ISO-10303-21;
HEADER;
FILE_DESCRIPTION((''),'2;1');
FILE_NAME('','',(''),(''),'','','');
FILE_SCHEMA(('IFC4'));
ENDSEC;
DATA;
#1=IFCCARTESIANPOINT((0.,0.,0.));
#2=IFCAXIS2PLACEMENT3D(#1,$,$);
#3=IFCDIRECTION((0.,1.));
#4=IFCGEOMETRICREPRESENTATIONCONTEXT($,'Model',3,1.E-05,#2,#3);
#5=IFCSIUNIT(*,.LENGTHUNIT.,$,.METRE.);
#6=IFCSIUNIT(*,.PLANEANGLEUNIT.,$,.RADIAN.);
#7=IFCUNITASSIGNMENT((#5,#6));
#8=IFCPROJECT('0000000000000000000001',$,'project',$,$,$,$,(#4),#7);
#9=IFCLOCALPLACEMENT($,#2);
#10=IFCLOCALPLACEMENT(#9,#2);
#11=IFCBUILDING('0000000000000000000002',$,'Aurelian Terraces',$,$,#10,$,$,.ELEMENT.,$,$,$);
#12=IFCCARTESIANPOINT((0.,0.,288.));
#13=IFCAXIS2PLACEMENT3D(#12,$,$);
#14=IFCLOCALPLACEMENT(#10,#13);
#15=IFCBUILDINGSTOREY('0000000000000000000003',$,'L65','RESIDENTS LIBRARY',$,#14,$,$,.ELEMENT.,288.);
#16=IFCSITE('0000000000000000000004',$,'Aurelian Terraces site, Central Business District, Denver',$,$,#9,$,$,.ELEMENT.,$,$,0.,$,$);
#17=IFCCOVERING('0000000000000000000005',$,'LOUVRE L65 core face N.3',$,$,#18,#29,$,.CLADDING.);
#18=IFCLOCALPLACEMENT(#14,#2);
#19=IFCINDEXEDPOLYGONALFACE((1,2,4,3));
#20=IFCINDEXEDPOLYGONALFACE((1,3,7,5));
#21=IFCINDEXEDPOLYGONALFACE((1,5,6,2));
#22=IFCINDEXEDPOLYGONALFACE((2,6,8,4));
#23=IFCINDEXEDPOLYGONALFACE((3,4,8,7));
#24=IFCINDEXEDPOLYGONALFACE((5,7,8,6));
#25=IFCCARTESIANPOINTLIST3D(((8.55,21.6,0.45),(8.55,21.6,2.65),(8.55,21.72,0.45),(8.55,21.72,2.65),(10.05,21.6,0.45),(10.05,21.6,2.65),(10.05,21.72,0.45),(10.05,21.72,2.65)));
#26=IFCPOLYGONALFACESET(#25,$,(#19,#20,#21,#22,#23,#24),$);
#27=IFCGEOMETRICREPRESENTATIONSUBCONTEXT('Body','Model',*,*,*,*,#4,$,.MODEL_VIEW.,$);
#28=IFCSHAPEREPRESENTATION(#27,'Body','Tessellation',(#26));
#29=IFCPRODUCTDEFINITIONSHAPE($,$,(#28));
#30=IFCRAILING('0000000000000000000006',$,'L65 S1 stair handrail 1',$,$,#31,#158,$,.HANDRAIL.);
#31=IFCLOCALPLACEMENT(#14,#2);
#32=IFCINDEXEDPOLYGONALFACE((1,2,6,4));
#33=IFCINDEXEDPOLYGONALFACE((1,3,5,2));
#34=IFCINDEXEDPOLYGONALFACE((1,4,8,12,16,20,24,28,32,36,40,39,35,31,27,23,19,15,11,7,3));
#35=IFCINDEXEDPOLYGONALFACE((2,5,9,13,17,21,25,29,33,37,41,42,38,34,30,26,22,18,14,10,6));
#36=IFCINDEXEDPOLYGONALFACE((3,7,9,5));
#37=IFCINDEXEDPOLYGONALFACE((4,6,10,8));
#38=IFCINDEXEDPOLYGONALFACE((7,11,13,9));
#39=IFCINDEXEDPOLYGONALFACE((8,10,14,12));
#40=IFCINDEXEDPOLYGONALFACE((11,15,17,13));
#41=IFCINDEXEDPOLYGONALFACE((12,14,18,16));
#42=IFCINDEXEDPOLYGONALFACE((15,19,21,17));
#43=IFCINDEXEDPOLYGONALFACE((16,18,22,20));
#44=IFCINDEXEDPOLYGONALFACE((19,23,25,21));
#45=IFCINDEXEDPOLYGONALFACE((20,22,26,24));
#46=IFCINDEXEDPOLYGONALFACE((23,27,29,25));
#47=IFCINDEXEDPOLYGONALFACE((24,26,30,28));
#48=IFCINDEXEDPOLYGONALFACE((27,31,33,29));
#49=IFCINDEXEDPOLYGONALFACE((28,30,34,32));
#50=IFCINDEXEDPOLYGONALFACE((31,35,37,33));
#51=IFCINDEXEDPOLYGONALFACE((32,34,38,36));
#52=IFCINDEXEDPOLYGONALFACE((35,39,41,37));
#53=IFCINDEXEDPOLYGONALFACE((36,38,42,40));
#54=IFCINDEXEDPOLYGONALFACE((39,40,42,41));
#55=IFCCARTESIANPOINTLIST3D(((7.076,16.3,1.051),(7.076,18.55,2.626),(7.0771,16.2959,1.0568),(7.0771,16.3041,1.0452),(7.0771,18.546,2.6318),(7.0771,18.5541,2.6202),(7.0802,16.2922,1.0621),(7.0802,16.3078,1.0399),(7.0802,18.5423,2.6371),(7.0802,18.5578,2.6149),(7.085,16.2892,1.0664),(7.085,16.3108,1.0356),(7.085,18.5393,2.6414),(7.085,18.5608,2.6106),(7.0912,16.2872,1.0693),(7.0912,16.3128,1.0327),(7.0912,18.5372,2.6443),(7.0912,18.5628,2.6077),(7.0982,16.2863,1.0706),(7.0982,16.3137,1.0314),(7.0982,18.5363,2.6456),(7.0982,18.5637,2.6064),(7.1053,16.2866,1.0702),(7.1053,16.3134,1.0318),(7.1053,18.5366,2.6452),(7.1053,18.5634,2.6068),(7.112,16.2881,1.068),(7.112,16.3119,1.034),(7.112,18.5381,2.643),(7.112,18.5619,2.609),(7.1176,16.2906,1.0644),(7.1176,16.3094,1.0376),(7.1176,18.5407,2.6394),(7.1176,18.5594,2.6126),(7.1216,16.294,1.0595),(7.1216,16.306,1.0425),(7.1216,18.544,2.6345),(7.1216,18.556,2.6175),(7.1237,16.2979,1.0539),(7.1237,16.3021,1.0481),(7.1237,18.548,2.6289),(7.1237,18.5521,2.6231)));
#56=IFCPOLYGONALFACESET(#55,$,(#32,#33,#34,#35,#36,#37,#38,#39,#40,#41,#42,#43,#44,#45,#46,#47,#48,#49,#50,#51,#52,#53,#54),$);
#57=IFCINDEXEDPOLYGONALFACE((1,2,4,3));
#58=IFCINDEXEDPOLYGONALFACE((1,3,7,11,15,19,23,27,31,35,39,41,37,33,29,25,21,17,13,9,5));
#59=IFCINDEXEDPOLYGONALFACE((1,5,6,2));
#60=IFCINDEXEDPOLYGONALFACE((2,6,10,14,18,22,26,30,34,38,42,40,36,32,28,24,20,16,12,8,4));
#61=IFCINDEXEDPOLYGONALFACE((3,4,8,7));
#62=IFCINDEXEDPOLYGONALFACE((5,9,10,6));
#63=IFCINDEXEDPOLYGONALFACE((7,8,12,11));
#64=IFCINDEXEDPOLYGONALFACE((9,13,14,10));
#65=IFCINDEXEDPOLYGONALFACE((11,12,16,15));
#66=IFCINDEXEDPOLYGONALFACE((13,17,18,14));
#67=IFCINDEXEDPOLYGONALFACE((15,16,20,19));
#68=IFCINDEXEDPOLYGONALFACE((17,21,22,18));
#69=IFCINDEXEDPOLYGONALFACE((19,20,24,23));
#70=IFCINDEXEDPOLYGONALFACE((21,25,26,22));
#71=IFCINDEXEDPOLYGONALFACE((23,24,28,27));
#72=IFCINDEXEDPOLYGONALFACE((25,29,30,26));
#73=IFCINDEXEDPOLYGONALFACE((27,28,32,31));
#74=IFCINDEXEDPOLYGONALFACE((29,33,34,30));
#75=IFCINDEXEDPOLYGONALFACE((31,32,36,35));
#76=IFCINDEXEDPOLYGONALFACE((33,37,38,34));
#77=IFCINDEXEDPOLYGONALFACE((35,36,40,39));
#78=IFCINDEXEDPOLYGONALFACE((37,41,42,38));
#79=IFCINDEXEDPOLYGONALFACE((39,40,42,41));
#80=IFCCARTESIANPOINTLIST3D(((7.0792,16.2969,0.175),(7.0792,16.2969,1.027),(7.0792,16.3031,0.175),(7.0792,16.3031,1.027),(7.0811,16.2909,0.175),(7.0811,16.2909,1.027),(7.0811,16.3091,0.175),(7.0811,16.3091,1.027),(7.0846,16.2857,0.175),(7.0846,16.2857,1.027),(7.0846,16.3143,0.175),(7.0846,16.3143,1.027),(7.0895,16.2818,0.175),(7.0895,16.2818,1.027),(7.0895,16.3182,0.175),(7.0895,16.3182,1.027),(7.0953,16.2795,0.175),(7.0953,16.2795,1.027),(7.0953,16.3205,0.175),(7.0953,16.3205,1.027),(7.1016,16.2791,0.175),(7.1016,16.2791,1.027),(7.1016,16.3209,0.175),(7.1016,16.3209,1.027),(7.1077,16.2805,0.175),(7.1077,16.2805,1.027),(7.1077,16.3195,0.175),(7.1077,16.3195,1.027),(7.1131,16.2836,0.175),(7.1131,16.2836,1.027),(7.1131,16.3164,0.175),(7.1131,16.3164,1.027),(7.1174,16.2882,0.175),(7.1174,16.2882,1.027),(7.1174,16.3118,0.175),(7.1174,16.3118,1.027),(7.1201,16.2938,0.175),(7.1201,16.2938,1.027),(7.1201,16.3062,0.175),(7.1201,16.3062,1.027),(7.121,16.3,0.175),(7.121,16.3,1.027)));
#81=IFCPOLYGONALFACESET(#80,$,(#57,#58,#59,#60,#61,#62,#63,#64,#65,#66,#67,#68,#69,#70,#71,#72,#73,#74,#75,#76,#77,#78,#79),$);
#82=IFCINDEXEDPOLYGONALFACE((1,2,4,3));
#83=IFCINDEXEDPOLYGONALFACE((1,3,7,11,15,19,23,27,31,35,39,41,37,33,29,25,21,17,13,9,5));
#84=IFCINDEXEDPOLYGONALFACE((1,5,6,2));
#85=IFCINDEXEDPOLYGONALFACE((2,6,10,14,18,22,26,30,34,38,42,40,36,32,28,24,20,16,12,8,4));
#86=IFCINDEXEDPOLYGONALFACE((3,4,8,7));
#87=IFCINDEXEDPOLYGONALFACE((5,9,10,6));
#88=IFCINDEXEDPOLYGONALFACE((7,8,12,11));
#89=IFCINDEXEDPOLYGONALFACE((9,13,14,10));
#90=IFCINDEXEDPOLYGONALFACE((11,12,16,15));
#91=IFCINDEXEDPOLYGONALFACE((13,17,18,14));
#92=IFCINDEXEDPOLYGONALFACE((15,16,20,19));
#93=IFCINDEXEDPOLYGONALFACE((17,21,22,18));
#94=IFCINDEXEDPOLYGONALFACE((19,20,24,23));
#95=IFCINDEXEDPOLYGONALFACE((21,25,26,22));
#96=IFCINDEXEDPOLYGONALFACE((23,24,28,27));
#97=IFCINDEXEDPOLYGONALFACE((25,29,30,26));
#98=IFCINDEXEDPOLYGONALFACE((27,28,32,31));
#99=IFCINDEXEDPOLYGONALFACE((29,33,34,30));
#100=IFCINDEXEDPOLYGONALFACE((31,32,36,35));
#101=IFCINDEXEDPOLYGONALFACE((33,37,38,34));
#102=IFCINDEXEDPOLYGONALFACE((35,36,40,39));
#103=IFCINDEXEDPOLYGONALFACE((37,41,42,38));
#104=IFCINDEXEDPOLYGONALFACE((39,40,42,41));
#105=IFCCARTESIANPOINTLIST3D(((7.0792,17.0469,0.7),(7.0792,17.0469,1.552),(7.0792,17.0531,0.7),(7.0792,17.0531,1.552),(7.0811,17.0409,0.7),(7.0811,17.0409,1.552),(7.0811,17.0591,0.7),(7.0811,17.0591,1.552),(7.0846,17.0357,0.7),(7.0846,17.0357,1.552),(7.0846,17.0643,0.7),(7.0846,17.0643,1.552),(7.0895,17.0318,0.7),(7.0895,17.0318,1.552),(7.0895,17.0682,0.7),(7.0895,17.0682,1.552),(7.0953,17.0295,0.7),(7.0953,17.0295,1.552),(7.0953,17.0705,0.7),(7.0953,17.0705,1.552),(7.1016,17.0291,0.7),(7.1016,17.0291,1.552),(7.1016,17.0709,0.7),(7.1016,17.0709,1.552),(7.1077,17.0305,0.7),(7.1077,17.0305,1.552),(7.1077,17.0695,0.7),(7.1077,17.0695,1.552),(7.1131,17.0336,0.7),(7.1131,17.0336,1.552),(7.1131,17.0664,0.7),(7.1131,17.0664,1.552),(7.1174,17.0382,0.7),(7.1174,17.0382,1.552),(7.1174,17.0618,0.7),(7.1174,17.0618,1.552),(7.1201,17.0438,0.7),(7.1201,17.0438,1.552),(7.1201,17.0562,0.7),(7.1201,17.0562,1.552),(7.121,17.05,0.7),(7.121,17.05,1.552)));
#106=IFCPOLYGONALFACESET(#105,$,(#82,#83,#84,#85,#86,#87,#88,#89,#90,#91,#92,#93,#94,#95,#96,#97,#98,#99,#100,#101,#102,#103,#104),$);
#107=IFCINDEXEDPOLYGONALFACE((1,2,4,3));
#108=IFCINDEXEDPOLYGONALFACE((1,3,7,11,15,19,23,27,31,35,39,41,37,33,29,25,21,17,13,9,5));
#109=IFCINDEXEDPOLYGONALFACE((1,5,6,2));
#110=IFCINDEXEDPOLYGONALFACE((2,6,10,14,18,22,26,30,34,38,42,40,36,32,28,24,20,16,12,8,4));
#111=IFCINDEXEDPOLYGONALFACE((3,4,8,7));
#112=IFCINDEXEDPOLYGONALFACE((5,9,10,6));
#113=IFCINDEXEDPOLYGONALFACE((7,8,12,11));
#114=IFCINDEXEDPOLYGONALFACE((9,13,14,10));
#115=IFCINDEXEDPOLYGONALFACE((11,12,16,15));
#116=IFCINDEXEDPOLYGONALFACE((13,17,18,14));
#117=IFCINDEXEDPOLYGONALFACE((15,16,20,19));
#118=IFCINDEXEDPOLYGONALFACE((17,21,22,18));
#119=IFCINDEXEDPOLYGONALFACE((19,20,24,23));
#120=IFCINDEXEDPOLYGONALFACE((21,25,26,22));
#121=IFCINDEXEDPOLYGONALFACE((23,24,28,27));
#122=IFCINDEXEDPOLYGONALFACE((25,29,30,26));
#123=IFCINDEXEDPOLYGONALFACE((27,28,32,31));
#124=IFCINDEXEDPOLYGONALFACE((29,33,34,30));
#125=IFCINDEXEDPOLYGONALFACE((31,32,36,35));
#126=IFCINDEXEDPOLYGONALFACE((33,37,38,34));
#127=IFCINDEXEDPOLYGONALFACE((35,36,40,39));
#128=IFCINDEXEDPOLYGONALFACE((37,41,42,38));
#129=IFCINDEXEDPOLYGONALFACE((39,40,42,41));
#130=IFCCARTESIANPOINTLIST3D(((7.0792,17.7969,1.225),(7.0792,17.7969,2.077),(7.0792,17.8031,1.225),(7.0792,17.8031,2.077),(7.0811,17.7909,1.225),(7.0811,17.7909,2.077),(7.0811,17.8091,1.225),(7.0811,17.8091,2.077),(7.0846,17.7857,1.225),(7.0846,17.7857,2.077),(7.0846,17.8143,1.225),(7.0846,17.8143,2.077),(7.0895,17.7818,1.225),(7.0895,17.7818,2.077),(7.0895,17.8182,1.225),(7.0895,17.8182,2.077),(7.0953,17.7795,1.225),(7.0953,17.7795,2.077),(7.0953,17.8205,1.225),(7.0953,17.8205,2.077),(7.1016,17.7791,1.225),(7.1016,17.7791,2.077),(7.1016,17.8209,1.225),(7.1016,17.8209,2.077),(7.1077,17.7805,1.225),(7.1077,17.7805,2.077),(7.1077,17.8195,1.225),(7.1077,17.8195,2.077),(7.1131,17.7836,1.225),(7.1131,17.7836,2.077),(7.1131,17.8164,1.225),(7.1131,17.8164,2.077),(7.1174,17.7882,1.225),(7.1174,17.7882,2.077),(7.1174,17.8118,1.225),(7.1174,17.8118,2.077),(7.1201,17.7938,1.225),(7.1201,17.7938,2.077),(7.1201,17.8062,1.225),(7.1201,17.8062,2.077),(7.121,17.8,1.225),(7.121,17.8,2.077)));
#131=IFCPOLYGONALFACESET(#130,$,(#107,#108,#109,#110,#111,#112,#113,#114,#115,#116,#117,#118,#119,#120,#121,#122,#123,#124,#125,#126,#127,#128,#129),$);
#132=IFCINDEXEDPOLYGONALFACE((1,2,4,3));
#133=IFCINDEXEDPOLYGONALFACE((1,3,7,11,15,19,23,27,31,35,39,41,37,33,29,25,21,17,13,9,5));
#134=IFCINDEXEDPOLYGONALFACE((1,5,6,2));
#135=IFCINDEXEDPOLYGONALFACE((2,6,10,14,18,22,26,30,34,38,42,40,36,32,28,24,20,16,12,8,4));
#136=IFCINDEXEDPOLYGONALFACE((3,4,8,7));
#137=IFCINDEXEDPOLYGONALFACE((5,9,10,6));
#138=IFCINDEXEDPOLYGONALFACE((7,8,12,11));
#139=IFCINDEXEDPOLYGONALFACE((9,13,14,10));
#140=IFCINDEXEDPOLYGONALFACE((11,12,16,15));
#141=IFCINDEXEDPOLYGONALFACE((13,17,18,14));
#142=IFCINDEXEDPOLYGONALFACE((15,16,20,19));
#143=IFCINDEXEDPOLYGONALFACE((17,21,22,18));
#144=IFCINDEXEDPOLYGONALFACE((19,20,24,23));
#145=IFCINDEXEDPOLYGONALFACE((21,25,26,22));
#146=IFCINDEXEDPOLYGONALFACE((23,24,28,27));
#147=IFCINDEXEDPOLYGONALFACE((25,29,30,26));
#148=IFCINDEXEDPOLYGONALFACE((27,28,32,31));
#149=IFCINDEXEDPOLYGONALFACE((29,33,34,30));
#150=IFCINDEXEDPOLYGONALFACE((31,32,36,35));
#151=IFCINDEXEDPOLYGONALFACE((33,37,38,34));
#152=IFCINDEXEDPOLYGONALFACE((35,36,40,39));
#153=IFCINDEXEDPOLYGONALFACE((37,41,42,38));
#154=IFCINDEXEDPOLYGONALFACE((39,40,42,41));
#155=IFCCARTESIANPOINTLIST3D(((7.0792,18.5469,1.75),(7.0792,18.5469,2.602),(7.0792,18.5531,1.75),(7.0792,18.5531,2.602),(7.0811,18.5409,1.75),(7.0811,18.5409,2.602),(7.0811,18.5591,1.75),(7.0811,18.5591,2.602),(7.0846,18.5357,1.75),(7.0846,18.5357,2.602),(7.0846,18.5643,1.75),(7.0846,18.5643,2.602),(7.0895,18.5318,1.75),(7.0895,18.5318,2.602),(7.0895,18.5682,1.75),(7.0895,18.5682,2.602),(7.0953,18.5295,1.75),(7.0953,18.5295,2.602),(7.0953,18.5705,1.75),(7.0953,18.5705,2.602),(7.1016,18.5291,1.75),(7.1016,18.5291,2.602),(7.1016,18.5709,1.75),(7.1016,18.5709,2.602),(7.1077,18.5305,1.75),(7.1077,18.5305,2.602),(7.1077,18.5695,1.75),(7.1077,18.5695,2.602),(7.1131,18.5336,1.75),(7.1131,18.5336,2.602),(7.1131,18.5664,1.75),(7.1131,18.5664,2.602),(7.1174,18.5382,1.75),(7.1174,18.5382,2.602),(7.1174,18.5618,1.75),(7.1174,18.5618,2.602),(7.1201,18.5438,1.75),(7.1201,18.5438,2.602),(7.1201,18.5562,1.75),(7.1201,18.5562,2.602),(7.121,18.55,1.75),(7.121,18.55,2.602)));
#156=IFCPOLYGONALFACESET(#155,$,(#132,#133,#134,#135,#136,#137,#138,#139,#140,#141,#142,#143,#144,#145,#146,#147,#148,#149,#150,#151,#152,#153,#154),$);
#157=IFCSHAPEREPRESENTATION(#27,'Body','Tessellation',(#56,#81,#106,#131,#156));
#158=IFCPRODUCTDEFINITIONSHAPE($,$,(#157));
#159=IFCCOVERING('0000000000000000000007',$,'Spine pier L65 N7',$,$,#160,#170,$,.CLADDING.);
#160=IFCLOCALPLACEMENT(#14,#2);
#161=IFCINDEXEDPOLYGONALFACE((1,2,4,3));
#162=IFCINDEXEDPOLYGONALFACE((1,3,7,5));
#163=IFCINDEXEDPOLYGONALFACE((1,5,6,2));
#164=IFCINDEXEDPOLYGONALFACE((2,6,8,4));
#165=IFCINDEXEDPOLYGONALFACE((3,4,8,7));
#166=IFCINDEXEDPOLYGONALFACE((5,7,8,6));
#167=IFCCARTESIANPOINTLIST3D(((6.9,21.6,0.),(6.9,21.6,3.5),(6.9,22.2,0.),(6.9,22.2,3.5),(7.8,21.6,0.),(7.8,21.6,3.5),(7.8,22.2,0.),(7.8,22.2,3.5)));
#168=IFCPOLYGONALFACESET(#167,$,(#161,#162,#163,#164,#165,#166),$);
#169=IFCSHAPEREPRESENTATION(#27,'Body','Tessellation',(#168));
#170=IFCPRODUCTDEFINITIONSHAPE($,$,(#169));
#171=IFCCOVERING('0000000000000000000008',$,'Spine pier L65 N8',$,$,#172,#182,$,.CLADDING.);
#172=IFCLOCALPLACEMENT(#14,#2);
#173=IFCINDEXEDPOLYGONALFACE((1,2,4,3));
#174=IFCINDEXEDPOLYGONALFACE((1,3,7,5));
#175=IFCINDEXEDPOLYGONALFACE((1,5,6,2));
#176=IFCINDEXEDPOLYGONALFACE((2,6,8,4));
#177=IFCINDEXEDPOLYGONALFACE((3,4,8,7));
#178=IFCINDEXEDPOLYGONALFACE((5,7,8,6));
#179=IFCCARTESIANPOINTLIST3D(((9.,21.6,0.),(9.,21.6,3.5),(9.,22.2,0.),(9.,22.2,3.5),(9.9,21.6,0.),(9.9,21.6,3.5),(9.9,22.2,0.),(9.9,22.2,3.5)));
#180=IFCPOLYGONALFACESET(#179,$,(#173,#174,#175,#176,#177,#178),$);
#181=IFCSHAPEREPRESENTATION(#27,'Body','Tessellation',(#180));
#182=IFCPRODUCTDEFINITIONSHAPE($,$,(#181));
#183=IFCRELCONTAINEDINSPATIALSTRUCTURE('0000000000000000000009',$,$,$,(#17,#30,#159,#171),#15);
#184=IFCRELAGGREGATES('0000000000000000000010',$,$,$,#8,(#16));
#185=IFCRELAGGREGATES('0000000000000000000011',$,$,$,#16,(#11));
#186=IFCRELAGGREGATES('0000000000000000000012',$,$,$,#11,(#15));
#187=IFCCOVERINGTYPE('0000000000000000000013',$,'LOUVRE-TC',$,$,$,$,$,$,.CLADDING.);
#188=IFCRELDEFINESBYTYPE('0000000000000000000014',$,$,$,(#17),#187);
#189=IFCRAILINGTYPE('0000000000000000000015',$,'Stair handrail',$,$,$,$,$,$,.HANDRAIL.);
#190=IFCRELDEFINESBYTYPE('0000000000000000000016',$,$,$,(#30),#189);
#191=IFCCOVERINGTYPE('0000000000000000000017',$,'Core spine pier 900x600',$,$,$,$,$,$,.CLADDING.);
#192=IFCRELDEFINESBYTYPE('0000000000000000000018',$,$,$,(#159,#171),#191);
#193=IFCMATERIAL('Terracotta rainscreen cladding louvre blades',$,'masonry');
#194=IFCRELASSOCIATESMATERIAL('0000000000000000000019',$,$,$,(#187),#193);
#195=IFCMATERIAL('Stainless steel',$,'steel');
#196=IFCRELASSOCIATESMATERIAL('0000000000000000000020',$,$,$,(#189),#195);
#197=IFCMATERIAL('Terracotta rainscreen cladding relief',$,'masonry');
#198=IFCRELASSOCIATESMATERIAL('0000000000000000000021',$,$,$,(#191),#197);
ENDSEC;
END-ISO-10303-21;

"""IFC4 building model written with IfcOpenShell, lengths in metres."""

from ifc_helpers import new_model, si_unit, direction, frame, origin, origin_2d, place, context, subcontext, project, spatial, rectangle, circle, extrude, source, transform, mapped, material, type_object, element, save


model = new_model("IFC4")

# Units and contexts
model_context = context("Model", 3, precision=1e-05, world=origin(), true_north=direction((0.0, 1.0)))
body_context = subcontext(model_context, "Body", "Model", "MODEL_VIEW")
ifc_project = project(units=[si_unit("LENGTHUNIT", "METRE"), si_unit("PLANEANGLEUNIT", "RADIAN")], contexts=[model_context])

# Site, building, storey
site_placement = place(None, origin())
site = spatial("IfcSite", under=ifc_project, at=site_placement, Name="Aurelian Terraces site, Central Business District, Denver", CompositionType="ELEMENT", RefElevation=0.0)
building_placement = place(site_placement, origin())
building = spatial("IfcBuilding", under=site, at=building_placement, Name="Aurelian Terraces", CompositionType="ELEMENT")
storey_placement = place(building_placement, frame((0.0, 0.0, 288.0)))
storey = spatial("IfcBuildingStorey", under=building, at=storey_placement, Name="L65", Description="RESIDENTS LIBRARY", CompositionType="ELEMENT", Elevation=288.0)

# Covering
ifc_material_1 = material(Name="Terracotta rainscreen cladding louvre blades", Category="masonry")
covering_type_1 = type_object("IfcCoveringType", Name="LOUVRE-TC", PredefinedType="CLADDING", material=ifc_material_1)
shared_shape_1 = source(origin(), body_context, "Body", "SweptSolid", [
    extrude(rectangle(XDim=1.5, YDim=0.12, at=origin_2d()), origin(), (0.0, 0.0, 1.0), 2.2),
])
covering_1_placement = place(storey_placement, frame((9.3, 21.66, 0.45), z_axis=(0.0, 0.0, 1.0), x_axis=(1.0, 0.0, 0.0)))
element("IfcCovering", 1, at=covering_1_placement, inside=storey, type_object=covering_type_1, Name="LOUVRE L65 core face N.3", PredefinedType="CLADDING", context=body_context, shape_type="MappedRepresentation", body=[
    mapped(shared_shape_1, transform((0.0, 0.0, 0.0), scale=1.0)),
])

# Railing
ifc_material_2 = material(Name="Stainless steel", Category="steel")
railing_type = type_object("IfcRailingType", Name="Stair handrail", PredefinedType="HANDRAIL", material=ifc_material_2)
shared_shape_2 = source(origin(), body_context, "Body", "SweptSolid", [
    extrude(circle(Radius=0.024, at=origin_2d()), frame((0.0, 0.0, 0.876), z_axis=(0.0, 0.819232, 0.573462), x_axis=(-1.0, 0.0, 0.0)), (0.0, 0.0, 1.0), 2.7465),
    extrude(circle(Radius=0.021, at=origin_2d()), origin(), (0.0, 0.0, 1.0), 0.852),
    extrude(circle(Radius=0.021, at=origin_2d()), frame((0.0, 0.75, 0.525)), (0.0, 0.0, 1.0), 0.852),
    extrude(circle(Radius=0.021, at=origin_2d()), frame((0.0, 1.5, 1.05)), (0.0, 0.0, 1.0), 0.852),
    extrude(circle(Radius=0.021, at=origin_2d()), frame((0.0, 2.25, 1.575)), (0.0, 0.0, 1.0), 0.852),
])
railing_placement = place(storey_placement, frame((7.1, 16.3, 0.175)))
element("IfcRailing", 2, at=railing_placement, inside=storey, type_object=railing_type, Name="L65 S1 stair handrail 1", PredefinedType="HANDRAIL", context=body_context, shape_type="MappedRepresentation", body=[
    mapped(shared_shape_2, transform((0.0, 0.0, 0.0), scale=1.0)),
])

# Coverings
ifc_material_3 = material(Name="Terracotta rainscreen cladding relief", Category="masonry")
covering_type_2 = type_object("IfcCoveringType", Name="Core spine pier 900x600", PredefinedType="CLADDING", material=ifc_material_3)
shared_shape_3 = source(origin(), body_context, "Body", "SweptSolid", [
    extrude(rectangle(XDim=0.9, YDim=0.6, at=origin_2d()), origin(), (0.0, 0.0, 1.0), 3.5),
])
for number, where, z_axis, x_axis, name in (
    (3, (7.35, 21.9, 0.0), (0.0, 0.0, 1.0), (1.0, 0.0, 0.0), "Spine pier L65 N7"),
    (4, (9.45, 21.9, 0.0), (0.0, 0.0, 1.0), (1.0, 0.0, 0.0), "Spine pier L65 N8"),
):
    element("IfcCovering", number, at=place(storey_placement, frame(where, z_axis=z_axis, x_axis=x_axis)), inside=storey, type_object=covering_type_2, Name=name, PredefinedType="CLADDING", context=body_context, shape_type="MappedRepresentation", body=[
        mapped(shared_shape_3, transform((0.0, 0.0, 0.0), scale=1.0)),
    ])

save(model, "model.ifc")
